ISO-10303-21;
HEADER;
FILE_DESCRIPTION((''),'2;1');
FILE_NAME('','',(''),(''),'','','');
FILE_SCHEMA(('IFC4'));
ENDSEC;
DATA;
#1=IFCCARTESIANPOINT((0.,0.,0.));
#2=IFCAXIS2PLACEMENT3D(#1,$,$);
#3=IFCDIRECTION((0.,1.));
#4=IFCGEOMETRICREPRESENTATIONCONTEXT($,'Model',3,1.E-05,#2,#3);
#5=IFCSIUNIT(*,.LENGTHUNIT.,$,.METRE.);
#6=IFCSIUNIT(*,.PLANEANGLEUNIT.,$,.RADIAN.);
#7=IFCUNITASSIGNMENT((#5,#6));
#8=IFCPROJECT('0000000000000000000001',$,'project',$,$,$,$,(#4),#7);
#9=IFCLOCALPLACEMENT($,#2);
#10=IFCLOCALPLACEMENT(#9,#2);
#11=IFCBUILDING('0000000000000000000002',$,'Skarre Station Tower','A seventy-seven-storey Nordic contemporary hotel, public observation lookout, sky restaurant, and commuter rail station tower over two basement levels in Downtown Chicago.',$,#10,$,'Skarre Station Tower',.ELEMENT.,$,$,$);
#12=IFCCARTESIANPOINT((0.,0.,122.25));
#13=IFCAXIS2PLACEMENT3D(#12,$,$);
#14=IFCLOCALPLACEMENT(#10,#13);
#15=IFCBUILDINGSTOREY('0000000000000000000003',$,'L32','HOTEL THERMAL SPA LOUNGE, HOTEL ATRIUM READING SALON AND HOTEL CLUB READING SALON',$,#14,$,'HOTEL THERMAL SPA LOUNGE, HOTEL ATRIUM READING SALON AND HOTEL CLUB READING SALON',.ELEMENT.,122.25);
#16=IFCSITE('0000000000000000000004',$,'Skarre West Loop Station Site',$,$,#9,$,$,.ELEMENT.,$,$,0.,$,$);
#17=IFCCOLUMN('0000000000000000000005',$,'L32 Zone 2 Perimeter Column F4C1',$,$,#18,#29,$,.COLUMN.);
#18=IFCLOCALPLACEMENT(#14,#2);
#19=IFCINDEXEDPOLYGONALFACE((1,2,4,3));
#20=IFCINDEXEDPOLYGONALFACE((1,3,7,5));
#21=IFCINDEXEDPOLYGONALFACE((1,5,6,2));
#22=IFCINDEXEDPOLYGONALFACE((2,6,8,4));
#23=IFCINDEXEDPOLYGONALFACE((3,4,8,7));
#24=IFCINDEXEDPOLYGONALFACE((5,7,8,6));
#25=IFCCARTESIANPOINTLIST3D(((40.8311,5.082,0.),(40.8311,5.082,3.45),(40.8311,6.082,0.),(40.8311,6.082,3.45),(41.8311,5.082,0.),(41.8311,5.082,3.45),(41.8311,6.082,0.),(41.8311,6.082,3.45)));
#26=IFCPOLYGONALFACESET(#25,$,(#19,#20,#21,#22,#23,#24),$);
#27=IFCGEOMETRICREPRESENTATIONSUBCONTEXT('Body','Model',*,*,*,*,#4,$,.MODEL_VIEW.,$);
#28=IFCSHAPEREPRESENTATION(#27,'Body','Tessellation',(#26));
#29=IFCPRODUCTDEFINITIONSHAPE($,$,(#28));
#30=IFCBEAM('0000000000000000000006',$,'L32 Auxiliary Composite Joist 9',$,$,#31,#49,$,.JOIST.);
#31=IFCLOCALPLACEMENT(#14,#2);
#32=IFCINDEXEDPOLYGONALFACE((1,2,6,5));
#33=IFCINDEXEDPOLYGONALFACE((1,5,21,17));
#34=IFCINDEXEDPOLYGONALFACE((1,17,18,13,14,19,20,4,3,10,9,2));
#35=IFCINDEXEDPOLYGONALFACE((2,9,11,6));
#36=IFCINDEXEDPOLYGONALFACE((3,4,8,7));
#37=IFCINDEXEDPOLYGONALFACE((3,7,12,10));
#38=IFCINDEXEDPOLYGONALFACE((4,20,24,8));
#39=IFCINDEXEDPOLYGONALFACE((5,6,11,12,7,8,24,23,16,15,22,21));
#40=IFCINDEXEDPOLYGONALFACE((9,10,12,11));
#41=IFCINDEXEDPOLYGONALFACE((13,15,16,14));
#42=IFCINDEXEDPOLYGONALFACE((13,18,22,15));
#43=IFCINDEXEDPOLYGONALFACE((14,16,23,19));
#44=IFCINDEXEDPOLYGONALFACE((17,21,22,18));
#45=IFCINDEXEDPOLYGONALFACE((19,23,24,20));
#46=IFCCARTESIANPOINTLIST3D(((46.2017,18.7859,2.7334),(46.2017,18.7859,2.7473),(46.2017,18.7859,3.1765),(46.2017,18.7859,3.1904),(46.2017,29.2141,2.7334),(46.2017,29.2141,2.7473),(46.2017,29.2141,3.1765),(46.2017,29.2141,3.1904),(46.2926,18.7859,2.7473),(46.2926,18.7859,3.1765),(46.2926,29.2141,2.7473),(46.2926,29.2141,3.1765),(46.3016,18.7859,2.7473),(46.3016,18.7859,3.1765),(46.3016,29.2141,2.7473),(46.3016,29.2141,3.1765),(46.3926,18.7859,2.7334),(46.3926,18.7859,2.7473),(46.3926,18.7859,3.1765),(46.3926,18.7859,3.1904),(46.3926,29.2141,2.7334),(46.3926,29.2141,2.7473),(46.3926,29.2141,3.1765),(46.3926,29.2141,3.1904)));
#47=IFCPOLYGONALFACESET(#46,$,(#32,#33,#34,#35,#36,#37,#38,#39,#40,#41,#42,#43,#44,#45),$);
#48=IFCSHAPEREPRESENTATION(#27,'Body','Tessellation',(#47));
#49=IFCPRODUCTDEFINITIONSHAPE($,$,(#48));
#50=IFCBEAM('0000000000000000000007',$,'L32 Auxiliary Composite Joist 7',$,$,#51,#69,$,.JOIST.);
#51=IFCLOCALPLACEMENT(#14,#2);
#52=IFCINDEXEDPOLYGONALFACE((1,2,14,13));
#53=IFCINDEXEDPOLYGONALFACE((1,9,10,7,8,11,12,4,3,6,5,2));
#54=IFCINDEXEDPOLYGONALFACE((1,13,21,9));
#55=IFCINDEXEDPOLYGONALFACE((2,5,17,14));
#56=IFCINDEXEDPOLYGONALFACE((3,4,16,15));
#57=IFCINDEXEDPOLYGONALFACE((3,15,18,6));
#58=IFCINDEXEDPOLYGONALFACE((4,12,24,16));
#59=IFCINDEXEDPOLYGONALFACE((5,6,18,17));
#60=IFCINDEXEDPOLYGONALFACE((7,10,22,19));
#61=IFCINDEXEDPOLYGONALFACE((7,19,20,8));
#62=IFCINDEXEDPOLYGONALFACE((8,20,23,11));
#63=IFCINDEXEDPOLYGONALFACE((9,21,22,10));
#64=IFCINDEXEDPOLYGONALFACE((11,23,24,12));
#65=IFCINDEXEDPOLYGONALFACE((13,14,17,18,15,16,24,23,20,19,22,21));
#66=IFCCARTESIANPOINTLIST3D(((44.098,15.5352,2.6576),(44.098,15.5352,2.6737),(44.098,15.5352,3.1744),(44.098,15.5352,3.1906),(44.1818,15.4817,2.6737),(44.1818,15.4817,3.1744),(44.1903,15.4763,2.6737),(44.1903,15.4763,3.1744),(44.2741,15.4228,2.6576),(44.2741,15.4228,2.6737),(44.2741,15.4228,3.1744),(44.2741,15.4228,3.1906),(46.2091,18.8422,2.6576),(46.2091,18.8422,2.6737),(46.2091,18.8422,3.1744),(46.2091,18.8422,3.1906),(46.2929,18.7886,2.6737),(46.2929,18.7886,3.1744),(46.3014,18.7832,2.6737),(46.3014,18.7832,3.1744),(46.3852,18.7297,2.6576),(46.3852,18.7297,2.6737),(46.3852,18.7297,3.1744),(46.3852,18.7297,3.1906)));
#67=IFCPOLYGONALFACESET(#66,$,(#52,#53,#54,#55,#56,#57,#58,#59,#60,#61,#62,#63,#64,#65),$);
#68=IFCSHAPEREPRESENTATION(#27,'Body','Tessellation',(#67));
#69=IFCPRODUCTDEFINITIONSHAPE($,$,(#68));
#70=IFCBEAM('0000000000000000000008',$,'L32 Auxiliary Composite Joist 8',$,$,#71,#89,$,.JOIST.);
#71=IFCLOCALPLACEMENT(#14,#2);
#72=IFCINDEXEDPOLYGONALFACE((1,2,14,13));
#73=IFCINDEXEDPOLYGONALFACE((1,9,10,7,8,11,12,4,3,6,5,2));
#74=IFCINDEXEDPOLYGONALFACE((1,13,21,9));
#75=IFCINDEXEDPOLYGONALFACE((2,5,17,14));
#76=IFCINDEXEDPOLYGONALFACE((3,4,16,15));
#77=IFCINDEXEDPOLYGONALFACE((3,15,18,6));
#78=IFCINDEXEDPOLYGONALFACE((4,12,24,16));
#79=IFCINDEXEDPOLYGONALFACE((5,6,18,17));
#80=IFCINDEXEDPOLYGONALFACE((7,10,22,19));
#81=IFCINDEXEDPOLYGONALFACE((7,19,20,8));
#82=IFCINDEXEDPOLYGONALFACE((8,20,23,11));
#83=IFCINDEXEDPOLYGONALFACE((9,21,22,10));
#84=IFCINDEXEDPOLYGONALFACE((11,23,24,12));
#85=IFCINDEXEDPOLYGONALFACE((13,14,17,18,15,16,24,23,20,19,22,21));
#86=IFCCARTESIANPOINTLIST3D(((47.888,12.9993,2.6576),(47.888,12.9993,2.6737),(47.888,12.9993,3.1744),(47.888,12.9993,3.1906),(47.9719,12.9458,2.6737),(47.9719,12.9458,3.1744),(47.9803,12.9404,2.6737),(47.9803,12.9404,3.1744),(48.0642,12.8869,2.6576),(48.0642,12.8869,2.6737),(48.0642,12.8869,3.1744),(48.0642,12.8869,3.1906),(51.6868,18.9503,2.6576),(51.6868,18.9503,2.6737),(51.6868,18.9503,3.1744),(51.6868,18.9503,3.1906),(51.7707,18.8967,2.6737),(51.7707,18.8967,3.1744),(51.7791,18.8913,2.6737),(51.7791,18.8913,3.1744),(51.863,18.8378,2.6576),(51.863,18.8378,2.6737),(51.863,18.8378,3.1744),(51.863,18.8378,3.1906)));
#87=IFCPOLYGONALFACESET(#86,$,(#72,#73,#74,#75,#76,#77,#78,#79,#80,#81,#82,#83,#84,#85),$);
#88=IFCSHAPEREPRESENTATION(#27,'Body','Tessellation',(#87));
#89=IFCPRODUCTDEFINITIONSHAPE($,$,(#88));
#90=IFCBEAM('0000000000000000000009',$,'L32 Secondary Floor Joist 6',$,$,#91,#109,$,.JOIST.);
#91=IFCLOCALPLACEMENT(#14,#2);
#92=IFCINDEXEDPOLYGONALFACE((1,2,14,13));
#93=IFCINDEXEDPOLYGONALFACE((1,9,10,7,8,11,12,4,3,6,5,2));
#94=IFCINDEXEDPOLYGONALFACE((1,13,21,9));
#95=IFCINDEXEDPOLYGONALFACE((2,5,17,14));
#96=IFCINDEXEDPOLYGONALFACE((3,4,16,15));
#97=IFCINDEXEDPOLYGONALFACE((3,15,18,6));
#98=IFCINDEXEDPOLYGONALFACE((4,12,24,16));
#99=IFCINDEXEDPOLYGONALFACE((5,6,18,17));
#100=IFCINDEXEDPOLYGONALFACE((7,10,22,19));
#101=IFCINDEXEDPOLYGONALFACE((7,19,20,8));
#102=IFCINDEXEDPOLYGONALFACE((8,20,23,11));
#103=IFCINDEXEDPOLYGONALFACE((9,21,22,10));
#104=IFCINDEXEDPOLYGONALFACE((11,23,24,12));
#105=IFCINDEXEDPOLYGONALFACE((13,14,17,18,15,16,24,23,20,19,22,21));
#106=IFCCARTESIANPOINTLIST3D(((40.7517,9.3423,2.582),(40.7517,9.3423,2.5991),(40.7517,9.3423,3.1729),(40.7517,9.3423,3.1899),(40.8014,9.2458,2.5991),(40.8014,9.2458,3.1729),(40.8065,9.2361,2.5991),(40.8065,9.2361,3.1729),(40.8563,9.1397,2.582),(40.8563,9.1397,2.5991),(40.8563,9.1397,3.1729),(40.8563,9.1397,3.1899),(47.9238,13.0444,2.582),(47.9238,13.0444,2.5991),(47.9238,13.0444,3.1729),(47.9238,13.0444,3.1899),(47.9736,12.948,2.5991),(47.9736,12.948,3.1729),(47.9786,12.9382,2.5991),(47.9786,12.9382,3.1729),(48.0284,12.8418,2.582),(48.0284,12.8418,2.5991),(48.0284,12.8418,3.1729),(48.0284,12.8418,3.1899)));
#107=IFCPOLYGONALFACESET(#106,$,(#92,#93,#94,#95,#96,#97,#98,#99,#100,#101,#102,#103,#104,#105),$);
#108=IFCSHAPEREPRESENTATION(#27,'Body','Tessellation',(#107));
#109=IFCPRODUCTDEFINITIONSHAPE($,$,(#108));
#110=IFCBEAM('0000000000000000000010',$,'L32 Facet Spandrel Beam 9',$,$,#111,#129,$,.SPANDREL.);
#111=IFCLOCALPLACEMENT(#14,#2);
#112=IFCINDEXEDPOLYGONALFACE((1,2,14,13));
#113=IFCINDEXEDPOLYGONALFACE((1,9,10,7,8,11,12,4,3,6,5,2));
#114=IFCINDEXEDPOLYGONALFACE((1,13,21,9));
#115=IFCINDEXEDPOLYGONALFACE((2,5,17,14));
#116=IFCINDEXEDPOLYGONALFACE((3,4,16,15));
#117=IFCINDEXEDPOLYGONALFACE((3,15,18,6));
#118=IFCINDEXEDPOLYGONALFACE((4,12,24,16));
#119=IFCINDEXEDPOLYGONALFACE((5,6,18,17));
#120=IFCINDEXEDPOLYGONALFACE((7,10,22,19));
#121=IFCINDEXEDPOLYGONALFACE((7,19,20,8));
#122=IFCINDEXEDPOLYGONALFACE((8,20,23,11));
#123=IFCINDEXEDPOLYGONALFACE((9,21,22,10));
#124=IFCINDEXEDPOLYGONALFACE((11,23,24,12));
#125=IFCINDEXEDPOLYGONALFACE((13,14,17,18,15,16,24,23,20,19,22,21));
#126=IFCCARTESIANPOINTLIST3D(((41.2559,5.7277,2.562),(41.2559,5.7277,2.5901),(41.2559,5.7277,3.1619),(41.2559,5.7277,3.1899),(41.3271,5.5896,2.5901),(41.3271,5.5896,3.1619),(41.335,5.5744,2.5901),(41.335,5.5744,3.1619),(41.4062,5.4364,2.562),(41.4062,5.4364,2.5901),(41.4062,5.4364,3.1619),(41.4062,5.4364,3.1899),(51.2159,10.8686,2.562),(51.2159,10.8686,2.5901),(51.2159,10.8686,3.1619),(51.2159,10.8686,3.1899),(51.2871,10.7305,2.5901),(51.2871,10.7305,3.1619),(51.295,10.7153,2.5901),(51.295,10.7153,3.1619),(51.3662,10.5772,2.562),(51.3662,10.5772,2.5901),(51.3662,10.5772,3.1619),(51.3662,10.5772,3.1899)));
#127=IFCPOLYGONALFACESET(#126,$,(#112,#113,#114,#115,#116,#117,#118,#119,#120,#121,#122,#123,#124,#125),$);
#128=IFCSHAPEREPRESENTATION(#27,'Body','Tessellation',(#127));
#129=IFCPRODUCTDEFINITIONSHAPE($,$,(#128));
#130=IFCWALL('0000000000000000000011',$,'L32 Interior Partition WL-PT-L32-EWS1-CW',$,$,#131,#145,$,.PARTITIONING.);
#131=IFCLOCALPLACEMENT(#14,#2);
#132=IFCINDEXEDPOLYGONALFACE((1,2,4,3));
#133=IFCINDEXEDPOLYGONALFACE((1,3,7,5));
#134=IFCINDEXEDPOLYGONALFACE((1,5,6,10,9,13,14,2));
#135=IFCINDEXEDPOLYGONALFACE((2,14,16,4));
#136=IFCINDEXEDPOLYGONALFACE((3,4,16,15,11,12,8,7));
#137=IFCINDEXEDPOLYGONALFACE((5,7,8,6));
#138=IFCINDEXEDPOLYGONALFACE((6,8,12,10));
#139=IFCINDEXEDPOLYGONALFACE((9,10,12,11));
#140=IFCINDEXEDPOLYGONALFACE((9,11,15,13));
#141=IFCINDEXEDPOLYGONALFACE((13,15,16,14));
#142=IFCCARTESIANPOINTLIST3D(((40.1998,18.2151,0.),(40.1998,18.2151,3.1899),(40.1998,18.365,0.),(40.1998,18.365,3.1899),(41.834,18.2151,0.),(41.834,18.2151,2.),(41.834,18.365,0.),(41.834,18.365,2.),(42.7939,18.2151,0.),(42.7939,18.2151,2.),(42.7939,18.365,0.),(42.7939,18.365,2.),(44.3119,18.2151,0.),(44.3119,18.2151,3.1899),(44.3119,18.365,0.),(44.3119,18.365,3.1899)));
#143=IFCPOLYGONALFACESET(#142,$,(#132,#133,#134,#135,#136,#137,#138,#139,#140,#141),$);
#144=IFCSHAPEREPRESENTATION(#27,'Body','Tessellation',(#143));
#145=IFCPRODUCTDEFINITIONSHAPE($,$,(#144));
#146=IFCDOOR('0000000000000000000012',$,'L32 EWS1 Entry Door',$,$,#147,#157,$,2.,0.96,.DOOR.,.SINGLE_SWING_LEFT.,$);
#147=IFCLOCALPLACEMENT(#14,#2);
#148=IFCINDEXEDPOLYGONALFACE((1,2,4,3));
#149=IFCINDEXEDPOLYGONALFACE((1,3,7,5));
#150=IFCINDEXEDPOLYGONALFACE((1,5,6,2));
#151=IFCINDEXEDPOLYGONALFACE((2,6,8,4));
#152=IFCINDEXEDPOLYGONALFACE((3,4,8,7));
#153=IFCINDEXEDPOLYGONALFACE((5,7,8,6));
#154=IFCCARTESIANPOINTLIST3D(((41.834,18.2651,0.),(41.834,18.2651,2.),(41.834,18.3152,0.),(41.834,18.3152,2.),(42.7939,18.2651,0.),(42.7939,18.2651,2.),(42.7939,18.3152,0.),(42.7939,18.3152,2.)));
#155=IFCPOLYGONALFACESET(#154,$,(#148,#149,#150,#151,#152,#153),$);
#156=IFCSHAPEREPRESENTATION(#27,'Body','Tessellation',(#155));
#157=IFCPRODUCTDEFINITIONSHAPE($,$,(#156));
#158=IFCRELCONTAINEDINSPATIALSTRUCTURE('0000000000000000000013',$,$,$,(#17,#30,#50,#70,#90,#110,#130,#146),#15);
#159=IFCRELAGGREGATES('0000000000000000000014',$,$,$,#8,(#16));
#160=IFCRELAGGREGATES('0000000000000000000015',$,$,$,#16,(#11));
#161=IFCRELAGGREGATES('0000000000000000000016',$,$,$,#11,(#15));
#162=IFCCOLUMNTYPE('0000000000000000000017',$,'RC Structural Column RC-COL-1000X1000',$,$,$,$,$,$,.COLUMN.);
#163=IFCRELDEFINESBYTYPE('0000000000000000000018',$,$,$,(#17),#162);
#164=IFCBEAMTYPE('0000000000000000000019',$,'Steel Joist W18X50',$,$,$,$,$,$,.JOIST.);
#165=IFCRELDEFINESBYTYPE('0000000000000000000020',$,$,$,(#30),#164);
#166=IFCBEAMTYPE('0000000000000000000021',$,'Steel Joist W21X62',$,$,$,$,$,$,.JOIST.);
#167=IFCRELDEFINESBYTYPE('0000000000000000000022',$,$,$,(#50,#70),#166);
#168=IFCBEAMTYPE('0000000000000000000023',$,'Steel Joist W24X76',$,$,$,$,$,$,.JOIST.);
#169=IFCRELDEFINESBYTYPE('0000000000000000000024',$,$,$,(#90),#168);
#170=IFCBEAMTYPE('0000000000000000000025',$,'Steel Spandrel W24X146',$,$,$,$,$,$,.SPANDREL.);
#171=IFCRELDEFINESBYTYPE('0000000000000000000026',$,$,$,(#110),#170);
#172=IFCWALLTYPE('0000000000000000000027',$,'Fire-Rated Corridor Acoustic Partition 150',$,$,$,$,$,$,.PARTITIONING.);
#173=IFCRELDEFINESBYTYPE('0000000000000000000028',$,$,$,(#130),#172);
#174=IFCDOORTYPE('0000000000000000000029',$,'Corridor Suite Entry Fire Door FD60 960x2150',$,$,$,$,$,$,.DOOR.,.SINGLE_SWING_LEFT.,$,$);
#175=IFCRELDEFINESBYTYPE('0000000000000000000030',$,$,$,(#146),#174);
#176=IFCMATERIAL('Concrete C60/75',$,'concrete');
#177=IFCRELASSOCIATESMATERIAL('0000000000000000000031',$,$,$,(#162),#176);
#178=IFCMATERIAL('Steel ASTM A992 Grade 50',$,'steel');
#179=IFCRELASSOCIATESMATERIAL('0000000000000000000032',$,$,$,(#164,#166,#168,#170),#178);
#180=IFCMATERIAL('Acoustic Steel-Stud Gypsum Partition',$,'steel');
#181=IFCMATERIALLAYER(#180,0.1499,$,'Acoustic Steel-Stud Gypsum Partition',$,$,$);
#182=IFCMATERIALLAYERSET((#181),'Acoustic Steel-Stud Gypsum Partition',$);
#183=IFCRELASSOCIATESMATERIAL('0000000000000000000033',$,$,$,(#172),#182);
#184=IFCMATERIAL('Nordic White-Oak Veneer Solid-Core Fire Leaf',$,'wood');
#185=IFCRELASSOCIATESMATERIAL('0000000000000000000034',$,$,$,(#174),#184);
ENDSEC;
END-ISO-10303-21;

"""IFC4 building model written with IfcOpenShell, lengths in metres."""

from ifc_helpers import new_model, si_unit, direction, frame, frame_2d, origin, origin_2d, place, context, subcontext, project, spatial, rectangle, i_section, extrude, material, layer, layer_set, material_profile, profile_set, type_object, element, fill, save


model = new_model("IFC4")

# Units and contexts
model_context = context("Model", 3, precision=1e-05, world=origin(), true_north=direction((0.0, 1.0)))
body_context = subcontext(model_context, "Body", "Model", "MODEL_VIEW")
ifc_project = project(units=[si_unit("LENGTHUNIT", "METRE"), si_unit("PLANEANGLEUNIT", "RADIAN")], contexts=[model_context])

# Site, building, storey
site_placement = place(None, origin())
site = spatial("IfcSite", under=ifc_project, at=site_placement, Name="Skarre West Loop Station Site", CompositionType="ELEMENT", RefElevation=0.0)
building_placement = place(site_placement, origin())
building = spatial("IfcBuilding", under=site, at=building_placement, Name="Skarre Station Tower", Description="A seventy-seven-storey Nordic contemporary hotel, public observation lookout, sky restaurant, and commuter rail station tower over two basement levels in Downtown Chicago.", LongName="Skarre Station Tower", CompositionType="ELEMENT")
storey_placement = place(building_placement, frame((0.0, 0.0, 122.25)))
storey = spatial("IfcBuildingStorey", under=building, at=storey_placement, Name="L32", Description="HOTEL THERMAL SPA LOUNGE, HOTEL ATRIUM READING SALON AND HOTEL CLUB READING SALON", LongName="HOTEL THERMAL SPA LOUNGE, HOTEL ATRIUM READING SALON AND HOTEL CLUB READING SALON", CompositionType="ELEMENT", Elevation=122.25)

# Column
ifc_material_1 = material(Name="Concrete C60/75", Category="concrete")
ifc_material_profile_1 = material_profile(ifc_material_1, rectangle(XDim=1.0, YDim=1.0, at=origin_2d()), Name="Concrete C60/75")
ifc_profile_set_1 = profile_set([ifc_material_profile_1], Name="Concrete C60/75")
column_type = type_object("IfcColumnType", Name="RC Structural Column RC-COL-1000X1000", PredefinedType="COLUMN", material=ifc_profile_set_1)
column_placement = place(storey_placement, frame((41.3311, 5.582, 0.0), z_axis=(0.0, 0.0, 1.0), x_axis=(1.0, 0.0, 0.0)))
element("IfcColumn", 1, at=column_placement, inside=storey, type_object=column_type, Name="L32 Zone 2 Perimeter Column F4C1", PredefinedType="COLUMN", context=body_context, shape_type="SweptSolid", body=[
    extrude(rectangle(XDim=1.0, YDim=1.0, at=origin_2d()), origin(), (0.0, 0.0, 1.0), 3.45),
])

# Beams
ifc_material_2 = material(Name="Steel ASTM A992 Grade 50", Category="steel")
ifc_material_profile_2 = material_profile(ifc_material_2, i_section(OverallWidth=0.1909, OverallDepth=0.457, WebThickness=0.009, FlangeThickness=0.0139, at=origin_2d()), Name="Steel ASTM A992 Grade 50")
ifc_profile_set_2 = profile_set([ifc_material_profile_2], Name="Steel ASTM A992 Grade 50")
beam_type_1 = type_object("IfcBeamType", Name="Steel Joist W18X50", PredefinedType="JOIST", material=ifc_profile_set_2)
beam_1_placement = place(storey_placement, frame((46.2971, 18.7859, 2.9619), z_axis=(0.0, 1.0, 0.0), x_axis=(-1.0, 0.0, 0.0)))
element("IfcBeam", 2, at=beam_1_placement, inside=storey, type_object=beam_type_1, Name="L32 Auxiliary Composite Joist 9", PredefinedType="JOIST", context=body_context, shape_type="SweptSolid", body=[
    extrude(i_section(OverallWidth=0.1909, OverallDepth=0.457, WebThickness=0.009, FlangeThickness=0.0139, at=origin_2d()), origin(), (0.0, 0.0, 1.0), 10.4282),
])
ifc_material_profile_3 = material_profile(ifc_material_2, i_section(OverallWidth=0.209, OverallDepth=0.533, WebThickness=0.01, FlangeThickness=0.0161, at=origin_2d()), Name="Steel ASTM A992 Grade 50")
ifc_profile_set_3 = profile_set([ifc_material_profile_3], Name="Steel ASTM A992 Grade 50")
beam_type_2 = type_object("IfcBeamType", Name="Steel Joist W21X62", PredefinedType="JOIST", material=ifc_profile_set_3)
beam_2_placement = place(storey_placement, frame((44.186, 15.479, 2.9241), z_axis=(0.538091, 0.842887, 0.0), x_axis=(-0.842887, 0.538091, 0.0)))
element("IfcBeam", 3, at=beam_2_placement, inside=storey, type_object=beam_type_2, Name="L32 Auxiliary Composite Joist 7", PredefinedType="JOIST", context=body_context, shape_type="SweptSolid", body=[
    extrude(i_section(OverallWidth=0.209, OverallDepth=0.533, WebThickness=0.01, FlangeThickness=0.0161, at=origin_2d()), origin(), (0.0, 0.0, 1.0), 3.9233),
])
beam_3_placement = place(storey_placement, frame((47.9761, 12.9431, 2.9241), z_axis=(0.538072, 0.842899, 0.0), x_axis=(-0.842899, 0.538072, 0.0)))
element("IfcBeam", 4, at=beam_3_placement, inside=storey, type_object=beam_type_2, Name="L32 Auxiliary Composite Joist 8", PredefinedType="JOIST", context=body_context, shape_type="SweptSolid", body=[
    extrude(i_section(OverallWidth=0.209, OverallDepth=0.533, WebThickness=0.01, FlangeThickness=0.0161, at=origin_2d()), origin(), (0.0, 0.0, 1.0), 7.0601),
])
ifc_material_profile_4 = material_profile(ifc_material_2, i_section(OverallWidth=0.228, OverallDepth=0.6079, WebThickness=0.011, FlangeThickness=0.0171, at=origin_2d()), Name="Steel ASTM A992 Grade 50")
ifc_profile_set_4 = profile_set([ifc_material_profile_4], Name="Steel ASTM A992 Grade 50")
beam_type_3 = type_object("IfcBeamType", Name="Steel Joist W24X76", PredefinedType="JOIST", material=ifc_profile_set_4)
beam_4_placement = place(storey_placement, frame((40.804, 9.241, 2.886), z_axis=(0.8886, 0.458683, 0.0), x_axis=(-0.458683, 0.8886, 0.0)))
element("IfcBeam", 5, at=beam_4_placement, inside=storey, type_object=beam_type_3, Name="L32 Secondary Floor Joist 6", PredefinedType="JOIST", context=body_context, shape_type="SweptSolid", body=[
    extrude(i_section(OverallWidth=0.228, OverallDepth=0.6079, WebThickness=0.011, FlangeThickness=0.0171, at=origin_2d()), origin(), (0.0, 0.0, 1.0), 8.0713),
])
ifc_material_profile_5 = material_profile(ifc_material_2, i_section(OverallWidth=0.3279, OverallDepth=0.6279, WebThickness=0.0171, FlangeThickness=0.0281, at=origin_2d()), Name="Steel ASTM A992 Grade 50")
ifc_profile_set_5 = profile_set([ifc_material_profile_5], Name="Steel ASTM A992 Grade 50")
beam_type_4 = type_object("IfcBeamType", Name="Steel Spandrel W24X146", PredefinedType="SPANDREL", material=ifc_profile_set_5)
beam_5_placement = place(storey_placement, frame((41.3311, 5.582, 2.876), z_axis=(0.888612, 0.45866, 0.0), x_axis=(-0.45866, 0.888612, 0.0)))
element("IfcBeam", 6, at=beam_5_placement, inside=storey, type_object=beam_type_4, Name="L32 Facet Spandrel Beam 9", PredefinedType="SPANDREL", context=body_context, shape_type="SweptSolid", body=[
    extrude(i_section(OverallWidth=0.3279, OverallDepth=0.6279, WebThickness=0.0171, FlangeThickness=0.0281, at=origin_2d()), origin(), (0.0, 0.0, 1.0), 11.2085),
])

# Wall, opening, door
ifc_material_3 = material(Name="Acoustic Steel-Stud Gypsum Partition", Category="steel")
ifc_layer_1 = layer(ifc_material_3, 0.1499, Name="Acoustic Steel-Stud Gypsum Partition")
ifc_layer_set_1 = layer_set([ifc_layer_1], Name="Acoustic Steel-Stud Gypsum Partition")
wall_type_1 = type_object("IfcWallType", Name="Fire-Rated Corridor Acoustic Partition 150", PredefinedType="PARTITIONING", material=ifc_layer_set_1)
wall_1_placement = place(storey_placement, frame((44.312, 18.29, 0.0), z_axis=(0.0, 0.0, 1.0), x_axis=(-1.0, 0.0, 0.0)))
wall_1 = element("IfcWall", 7, at=wall_1_placement, inside=storey, type_object=wall_type_1, Name="L32 Interior Partition WL-PT-L32-EWS1-CW", PredefinedType="PARTITIONING", context=body_context, shape_type="SweptSolid", body=[
    extrude(rectangle(XDim=4.1121, YDim=0.1499, at=frame_2d((2.0562, 0.0))), origin(), (0.0, 0.0, 1.0), 3.1899),
])
opening_1_placement = place(wall_1_placement, frame((1.5181, 0.0, 0.0)))
opening_1 = element("IfcOpeningElement", 8, at=opening_1_placement, cuts=wall_1, PredefinedType="OPENING", context=body_context, shape_type="SweptSolid", body=[
    extrude(rectangle(XDim=0.96, YDim=2.0, at=frame_2d((0.48, 1.0))), frame((0.0, 0.085, 0.0), z_axis=(0.0, -1.0, 0.0), x_axis=(1.0, 0.0, 0.0)), (0.0, 0.0, 1.0), 0.1699),
])
ifc_material_4 = material(Name="Nordic White-Oak Veneer Solid-Core Fire Leaf", Category="wood")
door_type = type_object("IfcDoorType", Name="Corridor Suite Entry Fire Door FD60 960x2150", OperationType="SINGLE_SWING_LEFT", PredefinedType="DOOR", material=ifc_material_4)
door_1_placement = place(opening_1_placement, origin())
door_1 = element("IfcDoor", 9, at=door_1_placement, inside=storey, type_object=door_type, Name="L32 EWS1 Entry Door", OperationType="SINGLE_SWING_LEFT", OverallHeight=2.0, OverallWidth=0.96, PredefinedType="DOOR", context=body_context, shape_type="SweptSolid", body=[
    extrude(rectangle(XDim=0.96, YDim=2.0, at=frame_2d((0.48, 1.0))), frame((0.0, 0.0249, 0.0), z_axis=(0.0, -1.0, 0.0), x_axis=(1.0, 0.0, 0.0)), (0.0, 0.0, 1.0), 0.05),
])
fill(opening_1, door_1)

save(model, "model.ifc")
